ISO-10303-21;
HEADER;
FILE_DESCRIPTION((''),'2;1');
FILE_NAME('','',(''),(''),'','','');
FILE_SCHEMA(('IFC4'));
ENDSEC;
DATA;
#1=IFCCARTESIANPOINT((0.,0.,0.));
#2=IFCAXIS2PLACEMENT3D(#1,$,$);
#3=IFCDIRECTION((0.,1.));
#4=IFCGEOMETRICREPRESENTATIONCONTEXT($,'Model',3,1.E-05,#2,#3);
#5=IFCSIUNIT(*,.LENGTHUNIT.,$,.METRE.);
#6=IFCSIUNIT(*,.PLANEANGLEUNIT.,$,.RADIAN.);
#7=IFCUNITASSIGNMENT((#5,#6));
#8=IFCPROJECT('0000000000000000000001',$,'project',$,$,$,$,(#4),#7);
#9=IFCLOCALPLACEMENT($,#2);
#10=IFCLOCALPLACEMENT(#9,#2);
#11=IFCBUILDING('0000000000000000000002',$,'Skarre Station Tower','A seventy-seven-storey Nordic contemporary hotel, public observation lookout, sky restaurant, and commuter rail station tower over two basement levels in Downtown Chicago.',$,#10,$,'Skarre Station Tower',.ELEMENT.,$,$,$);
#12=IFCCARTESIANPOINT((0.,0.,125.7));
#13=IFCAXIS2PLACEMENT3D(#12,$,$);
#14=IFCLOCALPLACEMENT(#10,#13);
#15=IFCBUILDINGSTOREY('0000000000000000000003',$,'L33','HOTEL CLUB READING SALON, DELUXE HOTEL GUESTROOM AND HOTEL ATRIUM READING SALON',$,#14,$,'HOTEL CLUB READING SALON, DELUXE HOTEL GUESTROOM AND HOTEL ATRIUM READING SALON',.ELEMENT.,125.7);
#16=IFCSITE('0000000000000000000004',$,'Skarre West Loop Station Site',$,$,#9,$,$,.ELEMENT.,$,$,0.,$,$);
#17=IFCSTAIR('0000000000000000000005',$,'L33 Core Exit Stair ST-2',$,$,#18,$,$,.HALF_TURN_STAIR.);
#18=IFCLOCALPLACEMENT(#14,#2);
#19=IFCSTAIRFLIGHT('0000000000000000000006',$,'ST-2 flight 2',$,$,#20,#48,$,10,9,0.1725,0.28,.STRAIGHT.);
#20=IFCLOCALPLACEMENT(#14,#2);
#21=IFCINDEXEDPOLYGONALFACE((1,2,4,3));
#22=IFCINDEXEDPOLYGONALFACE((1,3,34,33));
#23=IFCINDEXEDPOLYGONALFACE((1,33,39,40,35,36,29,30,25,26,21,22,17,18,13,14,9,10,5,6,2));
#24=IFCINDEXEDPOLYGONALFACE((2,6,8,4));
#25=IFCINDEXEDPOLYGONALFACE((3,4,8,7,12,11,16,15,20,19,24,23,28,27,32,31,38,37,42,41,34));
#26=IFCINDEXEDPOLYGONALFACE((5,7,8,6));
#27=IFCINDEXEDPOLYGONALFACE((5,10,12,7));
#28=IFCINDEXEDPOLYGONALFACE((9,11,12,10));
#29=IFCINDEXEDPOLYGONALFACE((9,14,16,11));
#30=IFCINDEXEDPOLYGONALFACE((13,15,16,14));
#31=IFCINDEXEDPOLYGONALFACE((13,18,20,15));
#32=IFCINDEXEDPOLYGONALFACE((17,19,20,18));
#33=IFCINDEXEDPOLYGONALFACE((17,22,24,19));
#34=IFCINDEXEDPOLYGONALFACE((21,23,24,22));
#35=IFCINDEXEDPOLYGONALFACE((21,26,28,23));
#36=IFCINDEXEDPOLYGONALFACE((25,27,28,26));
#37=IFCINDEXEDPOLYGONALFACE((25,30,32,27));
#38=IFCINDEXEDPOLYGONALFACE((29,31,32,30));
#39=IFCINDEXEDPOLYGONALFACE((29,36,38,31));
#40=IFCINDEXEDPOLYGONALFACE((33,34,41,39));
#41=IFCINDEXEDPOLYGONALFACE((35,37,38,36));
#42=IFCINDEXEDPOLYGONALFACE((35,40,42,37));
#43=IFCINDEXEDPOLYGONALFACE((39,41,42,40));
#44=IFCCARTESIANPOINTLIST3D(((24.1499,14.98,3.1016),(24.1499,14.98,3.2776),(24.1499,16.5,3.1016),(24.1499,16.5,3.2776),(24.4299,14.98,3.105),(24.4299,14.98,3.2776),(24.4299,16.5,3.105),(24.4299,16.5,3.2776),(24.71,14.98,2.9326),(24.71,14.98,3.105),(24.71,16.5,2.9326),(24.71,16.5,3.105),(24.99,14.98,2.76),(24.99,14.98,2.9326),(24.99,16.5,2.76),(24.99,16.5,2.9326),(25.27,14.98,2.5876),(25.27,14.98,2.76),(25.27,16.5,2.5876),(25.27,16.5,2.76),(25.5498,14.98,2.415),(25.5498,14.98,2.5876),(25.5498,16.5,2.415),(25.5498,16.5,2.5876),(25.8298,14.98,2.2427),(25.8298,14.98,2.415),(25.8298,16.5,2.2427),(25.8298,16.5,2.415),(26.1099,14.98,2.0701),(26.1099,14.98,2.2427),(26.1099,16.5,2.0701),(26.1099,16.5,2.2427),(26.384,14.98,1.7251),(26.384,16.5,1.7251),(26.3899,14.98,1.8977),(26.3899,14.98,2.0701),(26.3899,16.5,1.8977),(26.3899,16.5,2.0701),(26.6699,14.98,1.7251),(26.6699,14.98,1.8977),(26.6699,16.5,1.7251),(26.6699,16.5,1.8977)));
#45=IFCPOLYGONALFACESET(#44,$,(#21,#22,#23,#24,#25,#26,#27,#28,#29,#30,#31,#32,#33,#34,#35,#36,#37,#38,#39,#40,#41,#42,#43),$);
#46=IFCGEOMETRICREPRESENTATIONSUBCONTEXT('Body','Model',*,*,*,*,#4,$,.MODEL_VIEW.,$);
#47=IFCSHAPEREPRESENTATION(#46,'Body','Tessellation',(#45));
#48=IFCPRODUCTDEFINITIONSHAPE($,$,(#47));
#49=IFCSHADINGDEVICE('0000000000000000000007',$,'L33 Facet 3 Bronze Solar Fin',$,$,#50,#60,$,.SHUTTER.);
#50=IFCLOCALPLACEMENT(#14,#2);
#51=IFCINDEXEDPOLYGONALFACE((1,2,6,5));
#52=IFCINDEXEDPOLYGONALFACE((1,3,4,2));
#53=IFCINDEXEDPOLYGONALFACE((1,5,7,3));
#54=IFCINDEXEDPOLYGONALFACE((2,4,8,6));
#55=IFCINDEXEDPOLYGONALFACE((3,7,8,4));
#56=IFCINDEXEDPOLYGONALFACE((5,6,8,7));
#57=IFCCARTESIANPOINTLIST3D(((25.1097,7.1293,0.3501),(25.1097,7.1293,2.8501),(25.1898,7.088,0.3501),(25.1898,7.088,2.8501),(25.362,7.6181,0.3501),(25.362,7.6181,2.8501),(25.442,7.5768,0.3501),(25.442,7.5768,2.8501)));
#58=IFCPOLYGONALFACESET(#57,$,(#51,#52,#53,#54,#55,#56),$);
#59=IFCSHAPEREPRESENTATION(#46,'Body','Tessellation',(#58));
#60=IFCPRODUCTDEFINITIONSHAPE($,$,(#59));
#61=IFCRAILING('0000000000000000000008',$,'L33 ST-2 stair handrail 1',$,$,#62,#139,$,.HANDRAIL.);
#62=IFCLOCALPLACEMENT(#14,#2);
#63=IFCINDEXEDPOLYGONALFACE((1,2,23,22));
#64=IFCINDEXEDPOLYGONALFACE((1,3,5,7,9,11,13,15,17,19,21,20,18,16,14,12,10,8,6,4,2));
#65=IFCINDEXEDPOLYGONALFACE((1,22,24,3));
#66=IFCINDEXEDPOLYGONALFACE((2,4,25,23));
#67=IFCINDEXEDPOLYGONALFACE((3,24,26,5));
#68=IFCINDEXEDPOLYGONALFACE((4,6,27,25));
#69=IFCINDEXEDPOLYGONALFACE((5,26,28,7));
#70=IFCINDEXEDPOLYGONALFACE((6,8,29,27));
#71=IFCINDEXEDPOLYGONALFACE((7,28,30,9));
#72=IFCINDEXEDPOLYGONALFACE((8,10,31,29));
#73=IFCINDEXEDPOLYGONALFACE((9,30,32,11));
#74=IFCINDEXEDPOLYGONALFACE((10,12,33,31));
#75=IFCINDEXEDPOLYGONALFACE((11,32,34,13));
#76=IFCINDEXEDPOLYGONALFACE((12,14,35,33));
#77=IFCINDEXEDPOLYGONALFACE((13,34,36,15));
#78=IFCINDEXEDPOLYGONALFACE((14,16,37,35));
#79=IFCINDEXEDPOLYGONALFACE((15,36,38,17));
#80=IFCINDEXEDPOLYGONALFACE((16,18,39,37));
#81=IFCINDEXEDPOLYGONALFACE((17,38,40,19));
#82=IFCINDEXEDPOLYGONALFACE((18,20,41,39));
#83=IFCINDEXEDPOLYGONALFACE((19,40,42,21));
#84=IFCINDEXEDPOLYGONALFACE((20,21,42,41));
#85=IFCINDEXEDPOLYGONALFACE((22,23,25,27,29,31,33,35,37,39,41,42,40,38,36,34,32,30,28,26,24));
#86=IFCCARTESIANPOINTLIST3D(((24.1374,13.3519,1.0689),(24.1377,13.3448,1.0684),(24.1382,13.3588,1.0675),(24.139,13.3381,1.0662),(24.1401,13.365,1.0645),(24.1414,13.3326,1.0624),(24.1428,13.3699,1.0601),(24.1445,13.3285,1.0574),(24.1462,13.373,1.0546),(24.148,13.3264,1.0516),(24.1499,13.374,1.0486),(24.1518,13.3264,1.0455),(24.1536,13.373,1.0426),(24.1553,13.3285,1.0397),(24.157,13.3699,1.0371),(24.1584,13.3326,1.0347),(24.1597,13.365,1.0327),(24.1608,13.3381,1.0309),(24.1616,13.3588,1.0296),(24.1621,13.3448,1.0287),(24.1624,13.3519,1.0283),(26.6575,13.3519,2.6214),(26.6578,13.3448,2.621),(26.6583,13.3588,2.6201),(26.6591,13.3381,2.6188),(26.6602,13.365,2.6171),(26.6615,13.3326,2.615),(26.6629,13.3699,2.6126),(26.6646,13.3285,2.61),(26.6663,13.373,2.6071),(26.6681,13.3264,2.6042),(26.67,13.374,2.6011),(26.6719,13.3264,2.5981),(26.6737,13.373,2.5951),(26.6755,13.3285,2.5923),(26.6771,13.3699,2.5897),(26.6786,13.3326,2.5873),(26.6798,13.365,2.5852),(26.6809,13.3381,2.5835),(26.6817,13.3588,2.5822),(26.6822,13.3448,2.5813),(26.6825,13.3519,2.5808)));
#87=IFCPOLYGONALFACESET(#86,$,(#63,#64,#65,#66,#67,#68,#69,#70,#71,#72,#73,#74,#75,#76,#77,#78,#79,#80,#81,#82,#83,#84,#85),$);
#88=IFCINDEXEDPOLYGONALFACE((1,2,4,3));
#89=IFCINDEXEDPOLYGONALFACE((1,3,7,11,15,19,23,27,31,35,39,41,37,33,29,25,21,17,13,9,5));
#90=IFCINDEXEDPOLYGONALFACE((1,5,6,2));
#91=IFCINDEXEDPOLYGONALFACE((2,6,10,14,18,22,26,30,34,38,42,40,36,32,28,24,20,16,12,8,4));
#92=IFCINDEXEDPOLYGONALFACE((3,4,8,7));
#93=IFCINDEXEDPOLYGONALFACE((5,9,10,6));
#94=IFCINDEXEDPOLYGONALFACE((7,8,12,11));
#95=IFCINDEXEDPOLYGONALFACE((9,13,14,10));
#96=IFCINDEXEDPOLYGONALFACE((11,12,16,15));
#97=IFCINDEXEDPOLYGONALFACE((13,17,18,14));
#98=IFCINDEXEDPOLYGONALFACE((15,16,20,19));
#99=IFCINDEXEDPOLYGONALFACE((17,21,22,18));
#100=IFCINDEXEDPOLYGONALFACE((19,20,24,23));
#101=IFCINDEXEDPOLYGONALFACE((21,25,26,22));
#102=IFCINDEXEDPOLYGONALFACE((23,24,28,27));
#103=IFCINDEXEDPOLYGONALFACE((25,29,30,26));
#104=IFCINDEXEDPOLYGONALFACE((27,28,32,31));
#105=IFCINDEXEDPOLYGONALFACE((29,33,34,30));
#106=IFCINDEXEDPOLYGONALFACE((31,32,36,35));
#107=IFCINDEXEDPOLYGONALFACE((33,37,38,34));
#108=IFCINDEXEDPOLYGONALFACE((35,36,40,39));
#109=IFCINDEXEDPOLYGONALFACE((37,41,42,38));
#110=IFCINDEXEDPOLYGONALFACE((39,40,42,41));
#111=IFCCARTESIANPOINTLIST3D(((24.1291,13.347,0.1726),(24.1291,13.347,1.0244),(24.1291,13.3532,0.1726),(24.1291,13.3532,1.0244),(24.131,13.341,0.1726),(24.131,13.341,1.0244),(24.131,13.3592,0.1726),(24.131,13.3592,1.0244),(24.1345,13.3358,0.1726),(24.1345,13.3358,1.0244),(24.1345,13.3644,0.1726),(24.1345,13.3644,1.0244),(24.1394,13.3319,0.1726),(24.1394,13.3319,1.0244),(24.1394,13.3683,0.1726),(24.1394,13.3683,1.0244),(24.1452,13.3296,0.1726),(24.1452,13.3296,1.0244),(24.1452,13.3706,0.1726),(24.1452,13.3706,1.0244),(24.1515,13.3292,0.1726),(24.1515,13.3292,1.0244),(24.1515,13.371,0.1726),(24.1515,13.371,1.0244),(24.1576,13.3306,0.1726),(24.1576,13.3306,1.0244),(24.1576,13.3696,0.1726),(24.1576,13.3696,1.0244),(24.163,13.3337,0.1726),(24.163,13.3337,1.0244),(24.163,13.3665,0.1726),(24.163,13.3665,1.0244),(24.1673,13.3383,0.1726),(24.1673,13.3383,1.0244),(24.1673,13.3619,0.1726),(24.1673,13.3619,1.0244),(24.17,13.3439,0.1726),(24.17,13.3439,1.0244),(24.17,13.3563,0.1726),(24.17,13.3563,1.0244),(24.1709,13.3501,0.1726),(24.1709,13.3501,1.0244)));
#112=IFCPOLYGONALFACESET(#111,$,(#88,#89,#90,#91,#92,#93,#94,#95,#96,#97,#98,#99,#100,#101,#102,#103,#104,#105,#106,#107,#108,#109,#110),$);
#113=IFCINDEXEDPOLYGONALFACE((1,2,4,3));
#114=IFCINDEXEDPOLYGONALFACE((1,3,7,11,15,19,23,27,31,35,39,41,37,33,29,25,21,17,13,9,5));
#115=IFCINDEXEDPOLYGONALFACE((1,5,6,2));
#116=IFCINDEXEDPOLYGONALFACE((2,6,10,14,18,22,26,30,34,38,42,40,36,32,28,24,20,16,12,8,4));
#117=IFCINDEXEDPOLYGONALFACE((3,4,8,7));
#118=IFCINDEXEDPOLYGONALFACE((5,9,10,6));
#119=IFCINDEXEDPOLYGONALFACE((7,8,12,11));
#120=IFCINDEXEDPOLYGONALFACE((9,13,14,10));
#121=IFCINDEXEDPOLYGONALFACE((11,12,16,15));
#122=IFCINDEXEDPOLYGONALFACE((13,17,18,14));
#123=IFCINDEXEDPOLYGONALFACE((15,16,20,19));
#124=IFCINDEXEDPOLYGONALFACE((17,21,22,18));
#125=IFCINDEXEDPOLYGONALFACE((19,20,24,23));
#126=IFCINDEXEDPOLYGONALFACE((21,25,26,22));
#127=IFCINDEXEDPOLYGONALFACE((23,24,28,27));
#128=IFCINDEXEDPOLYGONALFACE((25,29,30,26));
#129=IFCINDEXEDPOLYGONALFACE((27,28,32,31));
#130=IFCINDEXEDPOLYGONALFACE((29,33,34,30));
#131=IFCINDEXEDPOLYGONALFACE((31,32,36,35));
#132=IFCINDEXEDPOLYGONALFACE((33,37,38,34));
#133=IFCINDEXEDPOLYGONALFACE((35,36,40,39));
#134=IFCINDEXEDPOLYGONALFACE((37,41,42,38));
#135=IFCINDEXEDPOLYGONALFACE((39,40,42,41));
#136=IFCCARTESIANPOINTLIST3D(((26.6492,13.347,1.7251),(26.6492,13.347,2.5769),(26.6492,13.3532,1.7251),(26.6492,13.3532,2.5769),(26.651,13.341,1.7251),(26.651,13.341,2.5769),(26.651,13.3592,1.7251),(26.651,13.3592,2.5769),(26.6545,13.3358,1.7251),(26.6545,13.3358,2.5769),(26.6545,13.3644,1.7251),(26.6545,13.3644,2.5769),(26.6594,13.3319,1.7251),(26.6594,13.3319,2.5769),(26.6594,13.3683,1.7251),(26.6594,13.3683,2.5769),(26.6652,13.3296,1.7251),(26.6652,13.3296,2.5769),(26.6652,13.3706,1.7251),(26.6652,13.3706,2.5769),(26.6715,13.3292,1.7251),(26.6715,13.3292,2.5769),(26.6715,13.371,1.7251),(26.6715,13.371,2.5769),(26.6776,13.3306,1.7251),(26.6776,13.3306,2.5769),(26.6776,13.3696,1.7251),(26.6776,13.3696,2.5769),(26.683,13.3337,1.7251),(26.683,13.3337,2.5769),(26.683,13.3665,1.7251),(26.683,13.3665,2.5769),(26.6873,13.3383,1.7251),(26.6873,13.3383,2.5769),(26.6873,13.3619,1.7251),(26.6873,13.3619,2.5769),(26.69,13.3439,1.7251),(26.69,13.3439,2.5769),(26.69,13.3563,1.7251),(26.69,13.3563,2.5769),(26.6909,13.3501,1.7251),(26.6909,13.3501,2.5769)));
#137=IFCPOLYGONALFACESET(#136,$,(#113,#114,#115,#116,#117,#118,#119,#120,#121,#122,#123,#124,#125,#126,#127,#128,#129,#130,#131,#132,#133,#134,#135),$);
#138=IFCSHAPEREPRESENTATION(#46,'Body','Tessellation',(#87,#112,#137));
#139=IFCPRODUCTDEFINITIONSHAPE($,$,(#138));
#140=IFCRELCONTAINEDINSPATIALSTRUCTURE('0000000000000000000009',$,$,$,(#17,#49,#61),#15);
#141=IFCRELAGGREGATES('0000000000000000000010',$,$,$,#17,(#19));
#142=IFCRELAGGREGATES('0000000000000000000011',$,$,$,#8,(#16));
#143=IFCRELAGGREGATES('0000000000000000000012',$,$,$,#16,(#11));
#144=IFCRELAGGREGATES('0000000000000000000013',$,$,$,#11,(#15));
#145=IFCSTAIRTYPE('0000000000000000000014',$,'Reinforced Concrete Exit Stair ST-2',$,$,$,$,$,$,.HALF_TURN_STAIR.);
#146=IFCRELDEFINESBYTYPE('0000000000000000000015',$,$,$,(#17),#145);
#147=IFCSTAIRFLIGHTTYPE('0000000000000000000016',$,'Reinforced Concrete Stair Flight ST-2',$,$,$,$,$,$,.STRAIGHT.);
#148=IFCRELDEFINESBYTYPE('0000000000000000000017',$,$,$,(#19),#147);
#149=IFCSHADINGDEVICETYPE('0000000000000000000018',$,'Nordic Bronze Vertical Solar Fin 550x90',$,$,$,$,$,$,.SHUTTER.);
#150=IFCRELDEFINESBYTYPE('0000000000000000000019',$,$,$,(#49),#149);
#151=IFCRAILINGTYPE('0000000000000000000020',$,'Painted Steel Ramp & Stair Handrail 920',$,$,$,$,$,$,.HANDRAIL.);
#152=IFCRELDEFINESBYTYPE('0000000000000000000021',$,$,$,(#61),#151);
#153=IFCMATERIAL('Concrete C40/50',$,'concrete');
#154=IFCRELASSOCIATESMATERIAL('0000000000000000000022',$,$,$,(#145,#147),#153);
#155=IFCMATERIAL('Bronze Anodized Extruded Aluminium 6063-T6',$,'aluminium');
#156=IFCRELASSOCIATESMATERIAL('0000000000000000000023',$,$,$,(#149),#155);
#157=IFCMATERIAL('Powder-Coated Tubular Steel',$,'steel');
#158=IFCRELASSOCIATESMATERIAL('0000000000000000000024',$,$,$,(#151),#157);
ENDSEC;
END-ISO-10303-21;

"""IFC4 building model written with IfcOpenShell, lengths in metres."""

from ifc_helpers import new_model, si_unit, direction, frame, origin, origin_2d, place, context, subcontext, project, spatial, polyline, rectangle, circle, outline, extrude, material, type_object, element, aggregate, save


model = new_model("IFC4")

# Units and contexts
model_context = context("Model", 3, precision=1e-05, world=origin(), true_north=direction((0.0, 1.0)))
body_context = subcontext(model_context, "Body", "Model", "MODEL_VIEW")
ifc_project = project(units=[si_unit("LENGTHUNIT", "METRE"), si_unit("PLANEANGLEUNIT", "RADIAN")], contexts=[model_context])

# Site, building, storey
site_placement = place(None, origin())
site = spatial("IfcSite", under=ifc_project, at=site_placement, Name="Skarre West Loop Station Site", CompositionType="ELEMENT", RefElevation=0.0)
building_placement = place(site_placement, origin())
building = spatial("IfcBuilding", under=site, at=building_placement, Name="Skarre Station Tower", Description="A seventy-seven-storey Nordic contemporary hotel, public observation lookout, sky restaurant, and commuter rail station tower over two basement levels in Downtown Chicago.", LongName="Skarre Station Tower", CompositionType="ELEMENT")
storey_placement = place(building_placement, frame((0.0, 0.0, 125.7)))
storey = spatial("IfcBuildingStorey", under=building, at=storey_placement, Name="L33", Description="HOTEL CLUB READING SALON, DELUXE HOTEL GUESTROOM AND HOTEL ATRIUM READING SALON", LongName="HOTEL CLUB READING SALON, DELUXE HOTEL GUESTROOM AND HOTEL ATRIUM READING SALON", CompositionType="ELEMENT", Elevation=125.7)

# Stair, stair flight
ifc_material_1 = material(Name="Concrete C40/50", Category="concrete")
stair_type = type_object("IfcStairType", Name="Reinforced Concrete Exit Stair ST-2", PredefinedType="HALF_TURN_STAIR", material=ifc_material_1)
stair_placement = place(storey_placement, origin())
stair = element("IfcStair", 1, at=stair_placement, inside=storey, type_object=stair_type, Name="L33 Core Exit Stair ST-2", PredefinedType="HALF_TURN_STAIR")
stair_flight_type = type_object("IfcStairFlightType", Name="Reinforced Concrete Stair Flight ST-2", PredefinedType="STRAIGHT", material=ifc_material_1)
stair_flight_1_placement = place(storey_placement, frame((26.6699, 15.74, 1.7251), z_axis=(0.0, 0.0, 1.0), x_axis=(-1.0, 0.0, 0.0)))
stair_flight_1 = element("IfcStairFlight", 2, at=stair_flight_1_placement, type_object=stair_flight_type, Name="ST-2 flight 2", NumberOfRisers=10, NumberOfTreads=9, PredefinedType="STRAIGHT", RiserHeight=0.1725, TreadLength=0.28, context=body_context, shape_type="SweptSolid", body=[
    extrude(outline(polyline([(0.0, 0.0), (0.0, 0.1726), (0.28, 0.1726), (0.28, 0.345), (0.5601, 0.345), (0.5601, 0.5176), (0.8401, 0.5176), (0.8401, 0.6899), (1.1201, 0.6899), (1.1201, 0.8625), (1.3999, 0.8625), (1.3999, 1.0349), (1.6799, 1.0349), (1.6799, 1.2075), (1.96, 1.2075), (1.96, 1.3799), (2.24, 1.3799), (2.24, 1.5525), (2.52, 1.5525), (2.52, 1.7251), (2.52, 1.3765), (0.2859, 0.0), (0.0, 0.0)])), frame((0.0, 0.76, 0.0), z_axis=(0.0, -1.0, 0.0), x_axis=(1.0, 0.0, 0.0)), (0.0, 0.0, 1.0), 1.52),
])
aggregate(stair, [stair_flight_1])

# Shading device
ifc_material_2 = material(Name="Bronze Anodized Extruded Aluminium 6063-T6", Category="aluminium")
shading_device_type = type_object("IfcShadingDeviceType", Name="Nordic Bronze Vertical Solar Fin 550x90", PredefinedType="SHUTTER", material=ifc_material_2)
shading_device_placement = place(storey_placement, frame((25.2759, 7.353, 0.3501), z_axis=(0.0, 0.0, 1.0), x_axis=(-0.45865, -0.888617, 0.0)))
element("IfcShadingDevice", 3, at=shading_device_placement, inside=storey, type_object=shading_device_type, Name="L33 Facet 3 Bronze Solar Fin", PredefinedType="SHUTTER", context=body_context, shape_type="SweptSolid", body=[
    extrude(rectangle(XDim=0.55, YDim=0.0901, at=origin_2d()), origin(), (0.0, 0.0, 1.0), 2.5),
])

# Railing
ifc_material_3 = material(Name="Powder-Coated Tubular Steel", Category="steel")
railing_type_1 = type_object("IfcRailingType", Name="Painted Steel Ramp & Stair Handrail 920", PredefinedType="HANDRAIL", material=ifc_material_3)
railing_1_placement = place(storey_placement, frame((24.1499, 13.3501, 0.1726)))
element("IfcRailing", 4, at=railing_1_placement, inside=storey, type_object=railing_type_1, Name="L33 ST-2 stair handrail 1", PredefinedType="HANDRAIL", context=body_context, shape_type="SweptSolid", body=[
    extrude(circle(Radius=0.0239, at=origin_2d()), frame((0.0, 0.0, 0.876), z_axis=(0.8514, 0.0, 0.524516), x_axis=(0.0, 1.0, 0.0)), (0.0, 0.0, 1.0), 2.96),
    extrude(circle(Radius=0.021, at=origin_2d()), origin(), (0.0, 0.0, 1.0), 0.8518),
    extrude(circle(Radius=0.021, at=origin_2d()), frame((2.52, 0.0, 1.5525)), (0.0, 0.0, 1.0), 0.8518),
])

save(model, "model.ifc")
